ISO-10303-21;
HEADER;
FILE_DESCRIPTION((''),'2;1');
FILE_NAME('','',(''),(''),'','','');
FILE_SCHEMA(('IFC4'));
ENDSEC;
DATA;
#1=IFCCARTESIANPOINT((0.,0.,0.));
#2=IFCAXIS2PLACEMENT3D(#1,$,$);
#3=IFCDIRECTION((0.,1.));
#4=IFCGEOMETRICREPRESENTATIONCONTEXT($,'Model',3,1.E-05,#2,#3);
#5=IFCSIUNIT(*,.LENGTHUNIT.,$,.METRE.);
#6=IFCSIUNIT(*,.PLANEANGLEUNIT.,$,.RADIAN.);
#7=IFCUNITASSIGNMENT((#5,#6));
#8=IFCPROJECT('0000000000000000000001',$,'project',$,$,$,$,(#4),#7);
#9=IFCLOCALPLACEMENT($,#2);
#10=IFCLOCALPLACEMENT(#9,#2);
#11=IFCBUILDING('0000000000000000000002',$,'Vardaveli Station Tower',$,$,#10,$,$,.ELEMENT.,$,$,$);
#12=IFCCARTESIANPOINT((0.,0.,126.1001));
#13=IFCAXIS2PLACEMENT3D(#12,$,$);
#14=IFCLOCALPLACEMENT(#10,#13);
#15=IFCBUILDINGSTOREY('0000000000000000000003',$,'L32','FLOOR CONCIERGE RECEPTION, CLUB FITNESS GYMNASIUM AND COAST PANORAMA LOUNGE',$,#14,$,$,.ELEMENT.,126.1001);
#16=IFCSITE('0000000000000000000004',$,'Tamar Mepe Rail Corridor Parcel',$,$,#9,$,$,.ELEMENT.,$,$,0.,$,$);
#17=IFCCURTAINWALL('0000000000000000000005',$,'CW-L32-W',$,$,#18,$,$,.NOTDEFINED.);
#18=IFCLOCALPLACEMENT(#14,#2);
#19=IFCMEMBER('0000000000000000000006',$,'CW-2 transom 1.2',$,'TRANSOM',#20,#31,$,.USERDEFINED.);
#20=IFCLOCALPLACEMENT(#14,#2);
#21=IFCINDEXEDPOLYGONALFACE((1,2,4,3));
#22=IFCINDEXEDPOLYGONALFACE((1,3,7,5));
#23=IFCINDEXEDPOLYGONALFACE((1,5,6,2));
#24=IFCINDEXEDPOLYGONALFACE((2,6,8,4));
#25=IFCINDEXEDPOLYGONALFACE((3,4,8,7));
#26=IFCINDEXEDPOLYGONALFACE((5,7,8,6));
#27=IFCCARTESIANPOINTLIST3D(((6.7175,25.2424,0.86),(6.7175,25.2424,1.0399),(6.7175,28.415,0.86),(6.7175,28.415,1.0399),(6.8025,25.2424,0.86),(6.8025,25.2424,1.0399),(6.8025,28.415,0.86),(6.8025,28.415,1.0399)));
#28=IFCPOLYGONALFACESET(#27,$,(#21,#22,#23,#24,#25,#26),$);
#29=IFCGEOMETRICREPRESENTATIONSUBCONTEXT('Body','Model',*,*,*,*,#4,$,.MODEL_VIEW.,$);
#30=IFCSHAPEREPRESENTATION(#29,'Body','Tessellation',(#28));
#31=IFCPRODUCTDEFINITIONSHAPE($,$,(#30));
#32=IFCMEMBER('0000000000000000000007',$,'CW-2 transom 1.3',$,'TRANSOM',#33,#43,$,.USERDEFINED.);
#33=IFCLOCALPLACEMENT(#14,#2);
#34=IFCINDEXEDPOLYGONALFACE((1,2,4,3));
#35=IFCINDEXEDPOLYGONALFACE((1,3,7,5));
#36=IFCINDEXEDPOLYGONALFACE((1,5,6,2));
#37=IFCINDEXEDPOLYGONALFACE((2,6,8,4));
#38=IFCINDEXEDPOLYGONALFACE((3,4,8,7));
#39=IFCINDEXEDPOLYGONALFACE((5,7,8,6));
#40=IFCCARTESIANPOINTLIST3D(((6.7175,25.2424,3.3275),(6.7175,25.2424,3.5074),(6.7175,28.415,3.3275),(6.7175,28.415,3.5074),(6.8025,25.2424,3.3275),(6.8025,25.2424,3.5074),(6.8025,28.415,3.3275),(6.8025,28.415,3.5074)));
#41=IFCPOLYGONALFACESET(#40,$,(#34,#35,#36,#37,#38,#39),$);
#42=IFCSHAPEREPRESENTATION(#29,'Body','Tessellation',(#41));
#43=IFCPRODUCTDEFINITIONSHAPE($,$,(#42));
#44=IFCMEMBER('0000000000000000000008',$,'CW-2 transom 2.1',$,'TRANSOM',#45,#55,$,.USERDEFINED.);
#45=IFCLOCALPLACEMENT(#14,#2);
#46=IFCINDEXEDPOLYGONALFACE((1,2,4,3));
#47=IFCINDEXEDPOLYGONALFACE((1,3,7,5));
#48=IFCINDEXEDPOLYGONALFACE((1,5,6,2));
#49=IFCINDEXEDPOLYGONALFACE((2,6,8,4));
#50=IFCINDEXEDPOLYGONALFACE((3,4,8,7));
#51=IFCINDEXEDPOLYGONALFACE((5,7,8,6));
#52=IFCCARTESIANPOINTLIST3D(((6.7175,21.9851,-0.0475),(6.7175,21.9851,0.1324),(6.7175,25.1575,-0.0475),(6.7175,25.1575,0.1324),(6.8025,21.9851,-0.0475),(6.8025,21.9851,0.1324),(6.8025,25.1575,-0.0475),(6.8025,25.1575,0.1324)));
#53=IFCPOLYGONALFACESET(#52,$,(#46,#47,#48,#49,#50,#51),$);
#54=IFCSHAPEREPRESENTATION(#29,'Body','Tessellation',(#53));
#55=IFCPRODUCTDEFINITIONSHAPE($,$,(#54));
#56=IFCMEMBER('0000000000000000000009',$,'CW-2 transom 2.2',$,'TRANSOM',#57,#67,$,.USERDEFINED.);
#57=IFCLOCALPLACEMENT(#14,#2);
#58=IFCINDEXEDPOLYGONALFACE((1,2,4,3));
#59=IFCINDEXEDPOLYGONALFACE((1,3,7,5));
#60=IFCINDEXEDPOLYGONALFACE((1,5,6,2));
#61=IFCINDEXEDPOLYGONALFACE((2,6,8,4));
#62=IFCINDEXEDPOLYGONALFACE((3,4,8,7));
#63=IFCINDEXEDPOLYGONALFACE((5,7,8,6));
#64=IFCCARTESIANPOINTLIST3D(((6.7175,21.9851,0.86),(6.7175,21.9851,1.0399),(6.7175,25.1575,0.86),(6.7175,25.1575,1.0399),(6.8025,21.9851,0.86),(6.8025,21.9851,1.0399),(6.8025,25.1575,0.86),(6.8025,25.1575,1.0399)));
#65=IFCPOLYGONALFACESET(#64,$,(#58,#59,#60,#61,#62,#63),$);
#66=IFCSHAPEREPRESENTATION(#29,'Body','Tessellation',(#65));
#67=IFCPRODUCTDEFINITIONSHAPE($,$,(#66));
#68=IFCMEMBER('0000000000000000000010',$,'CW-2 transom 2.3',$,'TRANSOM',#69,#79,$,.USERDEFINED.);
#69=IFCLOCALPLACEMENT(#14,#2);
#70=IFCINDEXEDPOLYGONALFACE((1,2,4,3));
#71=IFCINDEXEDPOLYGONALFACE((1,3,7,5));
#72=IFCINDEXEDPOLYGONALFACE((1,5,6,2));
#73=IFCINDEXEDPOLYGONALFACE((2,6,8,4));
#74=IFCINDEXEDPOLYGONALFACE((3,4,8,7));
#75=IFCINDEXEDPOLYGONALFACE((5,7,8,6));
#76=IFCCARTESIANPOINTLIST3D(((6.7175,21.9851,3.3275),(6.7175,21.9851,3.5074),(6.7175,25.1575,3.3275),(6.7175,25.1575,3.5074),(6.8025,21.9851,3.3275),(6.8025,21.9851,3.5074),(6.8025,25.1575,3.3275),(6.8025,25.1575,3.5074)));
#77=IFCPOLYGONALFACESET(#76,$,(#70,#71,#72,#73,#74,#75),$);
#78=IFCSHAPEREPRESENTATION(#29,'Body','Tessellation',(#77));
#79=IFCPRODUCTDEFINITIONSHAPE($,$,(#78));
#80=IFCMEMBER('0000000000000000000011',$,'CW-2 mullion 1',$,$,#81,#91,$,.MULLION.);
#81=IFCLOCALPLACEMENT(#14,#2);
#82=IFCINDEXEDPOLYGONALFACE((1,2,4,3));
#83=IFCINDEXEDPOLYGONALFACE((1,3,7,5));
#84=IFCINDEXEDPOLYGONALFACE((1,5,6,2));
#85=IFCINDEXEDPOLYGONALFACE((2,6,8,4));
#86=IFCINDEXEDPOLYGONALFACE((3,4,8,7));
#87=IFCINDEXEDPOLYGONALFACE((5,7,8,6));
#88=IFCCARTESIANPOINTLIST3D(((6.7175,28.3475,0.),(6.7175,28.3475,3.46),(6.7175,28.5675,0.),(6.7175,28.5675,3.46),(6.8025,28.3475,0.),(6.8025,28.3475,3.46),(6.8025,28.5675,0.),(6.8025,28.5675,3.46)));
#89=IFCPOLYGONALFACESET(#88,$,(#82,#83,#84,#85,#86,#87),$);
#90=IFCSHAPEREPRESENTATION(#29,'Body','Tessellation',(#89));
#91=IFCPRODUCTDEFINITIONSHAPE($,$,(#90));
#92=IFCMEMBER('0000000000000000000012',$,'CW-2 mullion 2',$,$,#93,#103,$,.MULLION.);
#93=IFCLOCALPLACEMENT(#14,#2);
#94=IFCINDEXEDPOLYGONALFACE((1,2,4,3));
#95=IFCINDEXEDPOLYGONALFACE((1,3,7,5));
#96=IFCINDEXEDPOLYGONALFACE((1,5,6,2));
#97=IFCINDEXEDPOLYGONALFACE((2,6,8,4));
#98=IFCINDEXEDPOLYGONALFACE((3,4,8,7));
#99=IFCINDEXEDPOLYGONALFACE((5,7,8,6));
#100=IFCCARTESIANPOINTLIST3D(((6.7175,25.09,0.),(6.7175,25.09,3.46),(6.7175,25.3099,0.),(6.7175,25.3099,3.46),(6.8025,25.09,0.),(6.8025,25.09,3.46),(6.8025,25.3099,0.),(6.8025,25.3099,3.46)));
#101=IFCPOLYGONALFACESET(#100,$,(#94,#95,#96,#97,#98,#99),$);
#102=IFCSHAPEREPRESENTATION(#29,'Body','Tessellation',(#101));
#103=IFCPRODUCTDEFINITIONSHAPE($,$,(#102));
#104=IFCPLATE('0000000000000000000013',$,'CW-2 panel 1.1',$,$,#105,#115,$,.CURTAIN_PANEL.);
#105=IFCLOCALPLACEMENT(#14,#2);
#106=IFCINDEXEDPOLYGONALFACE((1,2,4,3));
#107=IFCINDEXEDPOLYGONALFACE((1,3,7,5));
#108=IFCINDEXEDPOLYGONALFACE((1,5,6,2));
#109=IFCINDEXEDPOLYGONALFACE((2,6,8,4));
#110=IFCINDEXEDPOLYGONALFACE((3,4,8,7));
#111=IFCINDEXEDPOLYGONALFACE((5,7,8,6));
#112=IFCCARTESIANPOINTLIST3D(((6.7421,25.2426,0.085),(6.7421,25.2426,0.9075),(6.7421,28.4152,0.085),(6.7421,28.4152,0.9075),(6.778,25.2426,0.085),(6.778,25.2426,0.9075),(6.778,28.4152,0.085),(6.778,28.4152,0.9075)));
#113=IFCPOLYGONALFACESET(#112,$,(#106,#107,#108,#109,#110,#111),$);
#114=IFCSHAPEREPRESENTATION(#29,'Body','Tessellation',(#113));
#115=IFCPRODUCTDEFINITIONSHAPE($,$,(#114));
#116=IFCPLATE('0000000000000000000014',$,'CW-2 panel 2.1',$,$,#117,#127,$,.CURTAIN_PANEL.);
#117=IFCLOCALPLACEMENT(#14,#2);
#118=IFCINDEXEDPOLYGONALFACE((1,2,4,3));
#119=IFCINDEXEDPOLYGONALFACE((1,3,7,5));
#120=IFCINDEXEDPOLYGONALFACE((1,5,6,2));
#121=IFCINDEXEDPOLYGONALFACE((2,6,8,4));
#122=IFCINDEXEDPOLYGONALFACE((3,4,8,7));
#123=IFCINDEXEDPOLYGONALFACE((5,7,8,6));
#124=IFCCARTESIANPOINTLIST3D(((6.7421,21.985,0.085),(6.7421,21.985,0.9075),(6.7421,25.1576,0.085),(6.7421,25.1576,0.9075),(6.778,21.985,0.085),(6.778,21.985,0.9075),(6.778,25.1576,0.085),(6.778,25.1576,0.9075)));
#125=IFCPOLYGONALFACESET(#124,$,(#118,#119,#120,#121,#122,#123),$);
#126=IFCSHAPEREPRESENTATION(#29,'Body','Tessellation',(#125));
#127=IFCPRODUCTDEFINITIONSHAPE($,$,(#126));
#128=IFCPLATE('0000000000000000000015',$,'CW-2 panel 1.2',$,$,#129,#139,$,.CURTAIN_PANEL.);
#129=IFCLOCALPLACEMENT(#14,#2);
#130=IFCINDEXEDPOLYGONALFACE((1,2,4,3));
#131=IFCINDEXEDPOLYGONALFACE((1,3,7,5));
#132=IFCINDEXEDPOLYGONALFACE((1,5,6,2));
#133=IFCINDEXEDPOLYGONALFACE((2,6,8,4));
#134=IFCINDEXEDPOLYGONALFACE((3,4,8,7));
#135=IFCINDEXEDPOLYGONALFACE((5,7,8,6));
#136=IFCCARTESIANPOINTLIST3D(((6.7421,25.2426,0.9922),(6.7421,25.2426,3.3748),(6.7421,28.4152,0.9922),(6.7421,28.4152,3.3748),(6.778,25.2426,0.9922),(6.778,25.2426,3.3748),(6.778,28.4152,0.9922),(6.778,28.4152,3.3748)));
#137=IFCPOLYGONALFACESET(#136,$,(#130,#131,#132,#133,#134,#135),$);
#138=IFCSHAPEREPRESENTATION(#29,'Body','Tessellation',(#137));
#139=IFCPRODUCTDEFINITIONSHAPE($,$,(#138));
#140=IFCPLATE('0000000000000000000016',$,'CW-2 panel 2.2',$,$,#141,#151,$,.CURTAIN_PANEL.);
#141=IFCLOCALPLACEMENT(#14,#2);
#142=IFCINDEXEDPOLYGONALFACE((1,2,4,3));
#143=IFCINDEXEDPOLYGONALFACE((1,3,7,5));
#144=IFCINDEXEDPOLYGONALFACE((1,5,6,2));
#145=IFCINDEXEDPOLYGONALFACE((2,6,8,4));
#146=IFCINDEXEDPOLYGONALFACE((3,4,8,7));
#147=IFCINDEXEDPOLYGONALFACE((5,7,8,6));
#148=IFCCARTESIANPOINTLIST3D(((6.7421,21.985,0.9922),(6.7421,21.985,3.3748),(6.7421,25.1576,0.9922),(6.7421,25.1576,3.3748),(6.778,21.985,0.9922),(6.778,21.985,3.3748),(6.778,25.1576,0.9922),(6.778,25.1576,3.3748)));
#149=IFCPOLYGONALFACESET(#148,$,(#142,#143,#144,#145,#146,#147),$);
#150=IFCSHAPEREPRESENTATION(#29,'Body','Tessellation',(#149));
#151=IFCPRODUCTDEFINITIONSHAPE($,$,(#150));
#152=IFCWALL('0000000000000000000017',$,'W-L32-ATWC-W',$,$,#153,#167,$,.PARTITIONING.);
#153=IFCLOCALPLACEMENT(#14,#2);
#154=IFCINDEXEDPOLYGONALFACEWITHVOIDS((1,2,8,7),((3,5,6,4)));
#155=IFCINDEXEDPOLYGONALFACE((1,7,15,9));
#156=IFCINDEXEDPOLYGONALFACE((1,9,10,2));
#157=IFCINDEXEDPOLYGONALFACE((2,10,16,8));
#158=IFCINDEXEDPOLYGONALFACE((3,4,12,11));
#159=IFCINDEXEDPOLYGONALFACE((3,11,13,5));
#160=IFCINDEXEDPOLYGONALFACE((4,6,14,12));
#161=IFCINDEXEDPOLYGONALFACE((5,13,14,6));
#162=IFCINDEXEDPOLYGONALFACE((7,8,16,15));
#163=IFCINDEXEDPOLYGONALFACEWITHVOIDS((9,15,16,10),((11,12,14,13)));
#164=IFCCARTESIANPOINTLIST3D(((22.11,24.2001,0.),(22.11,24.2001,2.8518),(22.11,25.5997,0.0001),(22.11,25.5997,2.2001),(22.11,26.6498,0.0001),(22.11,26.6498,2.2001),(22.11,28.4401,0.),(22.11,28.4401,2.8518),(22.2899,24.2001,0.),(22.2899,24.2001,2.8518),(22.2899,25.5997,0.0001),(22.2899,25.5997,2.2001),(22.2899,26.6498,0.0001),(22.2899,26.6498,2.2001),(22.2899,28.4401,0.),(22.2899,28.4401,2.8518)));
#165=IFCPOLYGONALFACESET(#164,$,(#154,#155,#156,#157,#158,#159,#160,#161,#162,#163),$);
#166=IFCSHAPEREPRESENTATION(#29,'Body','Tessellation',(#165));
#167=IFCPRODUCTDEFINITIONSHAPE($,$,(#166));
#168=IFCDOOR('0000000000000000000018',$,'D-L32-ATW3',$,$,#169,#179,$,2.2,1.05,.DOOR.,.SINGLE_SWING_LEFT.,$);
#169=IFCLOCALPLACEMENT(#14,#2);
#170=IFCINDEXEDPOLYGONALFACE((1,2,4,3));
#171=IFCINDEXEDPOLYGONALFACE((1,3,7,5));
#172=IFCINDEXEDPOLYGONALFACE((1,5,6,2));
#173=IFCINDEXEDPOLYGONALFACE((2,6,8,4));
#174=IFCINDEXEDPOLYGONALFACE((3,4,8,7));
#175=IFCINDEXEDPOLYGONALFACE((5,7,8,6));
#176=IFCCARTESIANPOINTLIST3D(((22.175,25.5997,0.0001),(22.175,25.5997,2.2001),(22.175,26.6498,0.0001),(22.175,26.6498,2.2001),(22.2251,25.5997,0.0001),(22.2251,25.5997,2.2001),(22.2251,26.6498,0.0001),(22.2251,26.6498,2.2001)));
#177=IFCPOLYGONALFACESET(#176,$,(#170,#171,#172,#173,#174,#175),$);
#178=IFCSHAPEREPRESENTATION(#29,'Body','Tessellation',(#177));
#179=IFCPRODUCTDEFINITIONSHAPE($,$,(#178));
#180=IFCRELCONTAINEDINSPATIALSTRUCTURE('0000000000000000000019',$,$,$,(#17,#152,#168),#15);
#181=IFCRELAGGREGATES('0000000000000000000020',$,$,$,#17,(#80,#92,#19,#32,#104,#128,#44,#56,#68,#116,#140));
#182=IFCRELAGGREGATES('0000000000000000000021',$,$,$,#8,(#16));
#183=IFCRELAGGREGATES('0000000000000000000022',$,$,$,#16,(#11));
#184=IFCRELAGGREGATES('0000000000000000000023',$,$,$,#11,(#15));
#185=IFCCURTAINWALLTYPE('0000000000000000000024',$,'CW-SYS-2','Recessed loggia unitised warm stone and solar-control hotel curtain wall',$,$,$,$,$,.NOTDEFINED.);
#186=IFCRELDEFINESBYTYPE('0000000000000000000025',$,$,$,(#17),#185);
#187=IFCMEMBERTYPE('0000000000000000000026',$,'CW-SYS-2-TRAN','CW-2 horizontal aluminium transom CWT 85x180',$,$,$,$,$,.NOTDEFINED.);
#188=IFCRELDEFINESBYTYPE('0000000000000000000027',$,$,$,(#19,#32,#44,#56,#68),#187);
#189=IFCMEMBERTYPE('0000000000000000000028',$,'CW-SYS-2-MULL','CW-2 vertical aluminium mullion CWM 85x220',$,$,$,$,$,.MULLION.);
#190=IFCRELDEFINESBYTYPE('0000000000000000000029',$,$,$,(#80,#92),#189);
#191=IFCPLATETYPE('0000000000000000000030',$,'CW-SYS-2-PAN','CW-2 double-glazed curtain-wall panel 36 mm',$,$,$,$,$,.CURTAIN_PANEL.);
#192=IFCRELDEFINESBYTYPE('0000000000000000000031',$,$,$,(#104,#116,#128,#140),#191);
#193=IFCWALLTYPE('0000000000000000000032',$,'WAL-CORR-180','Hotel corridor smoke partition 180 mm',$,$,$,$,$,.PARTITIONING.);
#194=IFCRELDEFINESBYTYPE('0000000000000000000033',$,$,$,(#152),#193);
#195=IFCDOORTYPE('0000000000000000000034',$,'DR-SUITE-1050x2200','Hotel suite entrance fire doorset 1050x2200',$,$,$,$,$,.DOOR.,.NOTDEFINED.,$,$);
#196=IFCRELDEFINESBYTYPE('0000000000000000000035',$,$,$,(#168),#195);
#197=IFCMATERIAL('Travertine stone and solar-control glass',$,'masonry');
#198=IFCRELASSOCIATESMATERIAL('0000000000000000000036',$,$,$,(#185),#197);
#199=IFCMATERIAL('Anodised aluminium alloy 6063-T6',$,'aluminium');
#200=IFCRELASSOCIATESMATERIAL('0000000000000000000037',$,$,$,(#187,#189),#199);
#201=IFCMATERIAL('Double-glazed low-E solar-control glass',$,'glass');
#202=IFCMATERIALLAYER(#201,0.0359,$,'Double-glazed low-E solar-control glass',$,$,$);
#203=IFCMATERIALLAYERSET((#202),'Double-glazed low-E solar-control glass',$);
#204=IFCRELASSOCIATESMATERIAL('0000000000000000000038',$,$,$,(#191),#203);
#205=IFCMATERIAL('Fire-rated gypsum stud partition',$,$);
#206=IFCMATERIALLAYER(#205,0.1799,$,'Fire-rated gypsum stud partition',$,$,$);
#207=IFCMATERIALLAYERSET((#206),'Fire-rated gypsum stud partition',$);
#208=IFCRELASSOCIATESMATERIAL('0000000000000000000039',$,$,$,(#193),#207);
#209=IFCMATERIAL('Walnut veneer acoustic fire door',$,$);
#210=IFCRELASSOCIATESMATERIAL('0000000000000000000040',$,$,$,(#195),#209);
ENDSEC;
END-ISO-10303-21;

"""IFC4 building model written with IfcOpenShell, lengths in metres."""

from ifc_helpers import new_model, si_unit, direction, frame, frame_2d, origin, origin_2d, place, context, subcontext, project, spatial, rectangle, extrude, source, transform, mapped, material, layer, layer_set, material_profile, profile_set, type_object, element, fill, aggregate, save


model = new_model("IFC4")

# Units and contexts
model_context = context("Model", 3, precision=1e-05, world=origin(), true_north=direction((0.0, 1.0)))
body_context = subcontext(model_context, "Body", "Model", "MODEL_VIEW")
ifc_project = project(units=[si_unit("LENGTHUNIT", "METRE"), si_unit("PLANEANGLEUNIT", "RADIAN")], contexts=[model_context])

# Site, building, storey
site_placement = place(None, origin())
site = spatial("IfcSite", under=ifc_project, at=site_placement, Name="Tamar Mepe Rail Corridor Parcel", CompositionType="ELEMENT", RefElevation=0.0)
building_placement = place(site_placement, origin())
building = spatial("IfcBuilding", under=site, at=building_placement, Name="Vardaveli Station Tower", CompositionType="ELEMENT")
storey_placement = place(building_placement, frame((0.0, 0.0, 126.1001)))
storey = spatial("IfcBuildingStorey", under=building, at=storey_placement, Name="L32", Description="FLOOR CONCIERGE RECEPTION, CLUB FITNESS GYMNASIUM AND COAST PANORAMA LOUNGE", CompositionType="ELEMENT", Elevation=126.1001)

# Curtain wall, members, plates
ifc_material_1 = material(Name="Travertine stone and solar-control glass", Category="masonry")
curtain_wall_type = type_object("IfcCurtainWallType", Name="CW-SYS-2", Description="Recessed loggia unitised warm stone and solar-control hotel curtain wall", PredefinedType="NOTDEFINED", material=ifc_material_1)
curtain_wall_placement = place(storey_placement, origin())
curtain_wall = element("IfcCurtainWall", 1, at=curtain_wall_placement, inside=storey, type_object=curtain_wall_type, Name="CW-L32-W", PredefinedType="NOTDEFINED")
ifc_material_2 = material(Name="Anodised aluminium alloy 6063-T6", Category="aluminium")
ifc_material_profile_1 = material_profile(ifc_material_2, rectangle(XDim=0.085, YDim=0.1799, at=origin_2d()), Name="CWT 85x180")
ifc_profile_set_1 = profile_set([ifc_material_profile_1], Name="Anodised aluminium alloy 6063-T6")
member_type_1 = type_object("IfcMemberType", Name="CW-SYS-2-TRAN", Description="CW-2 horizontal aluminium transom CWT 85x180", PredefinedType="NOTDEFINED", material=ifc_profile_set_1)
shared_shape_1 = source(origin(), body_context, "Body", "SweptSolid", [
    extrude(rectangle(XDim=0.085, YDim=0.1799, at=origin_2d()), origin(), (0.0, 0.0, 1.0), 3.1726),
])
member_1_placement = place(storey_placement, frame((6.76, 28.415, 0.95), z_axis=(0.0, -1.0, 0.0), x_axis=(1.0, 0.0, 0.0)))
member_1 = element("IfcMember", 2, at=member_1_placement, type_object=member_type_1, Name="CW-2 transom 1.2", ObjectType="TRANSOM", PredefinedType="USERDEFINED", context=body_context, shape_type="MappedRepresentation", body=[
    mapped(shared_shape_1, transform((0.0, 0.0, 0.0), scale=1.0)),
])
member_2_placement = place(storey_placement, frame((6.76, 28.415, 3.4175), z_axis=(0.0, -1.0, 0.0), x_axis=(1.0, 0.0, 0.0)))
member_2 = element("IfcMember", 3, at=member_2_placement, type_object=member_type_1, Name="CW-2 transom 1.3", ObjectType="TRANSOM", PredefinedType="USERDEFINED", context=body_context, shape_type="MappedRepresentation", body=[
    mapped(shared_shape_1, transform((0.0, 0.0, 0.0), scale=1.0)),
])
shared_shape_2 = source(origin(), body_context, "Body", "SweptSolid", [
    extrude(rectangle(XDim=0.085, YDim=0.1799, at=origin_2d()), origin(), (0.0, 0.0, 1.0), 3.1724),
])
member_3_placement = place(storey_placement, frame((6.76, 25.1575, 0.0425), z_axis=(0.0, -1.0, 0.0), x_axis=(1.0, 0.0, 0.0)))
member_3 = element("IfcMember", 4, at=member_3_placement, type_object=member_type_1, Name="CW-2 transom 2.1", ObjectType="TRANSOM", PredefinedType="USERDEFINED", context=body_context, shape_type="MappedRepresentation", body=[
    mapped(shared_shape_2, transform((0.0, 0.0, 0.0), scale=1.0)),
])
member_4_placement = place(storey_placement, frame((6.76, 25.1575, 0.95), z_axis=(0.0, -1.0, 0.0), x_axis=(1.0, 0.0, 0.0)))
member_4 = element("IfcMember", 5, at=member_4_placement, type_object=member_type_1, Name="CW-2 transom 2.2", ObjectType="TRANSOM", PredefinedType="USERDEFINED", context=body_context, shape_type="MappedRepresentation", body=[
    mapped(shared_shape_2, transform((0.0, 0.0, 0.0), scale=1.0)),
])
member_5_placement = place(storey_placement, frame((6.76, 25.1575, 3.4175), z_axis=(0.0, -1.0, 0.0), x_axis=(1.0, 0.0, 0.0)))
member_5 = element("IfcMember", 6, at=member_5_placement, type_object=member_type_1, Name="CW-2 transom 2.3", ObjectType="TRANSOM", PredefinedType="USERDEFINED", context=body_context, shape_type="MappedRepresentation", body=[
    mapped(shared_shape_2, transform((0.0, 0.0, 0.0), scale=1.0)),
])
ifc_material_profile_2 = material_profile(ifc_material_2, rectangle(XDim=0.085, YDim=0.22, at=origin_2d()), Name="CWM 85x220")
ifc_profile_set_2 = profile_set([ifc_material_profile_2], Name="Anodised aluminium alloy 6063-T6")
member_type_2 = type_object("IfcMemberType", Name="CW-SYS-2-MULL", Description="CW-2 vertical aluminium mullion CWM 85x220", PredefinedType="MULLION", material=ifc_profile_set_2)
shared_shape_3 = source(origin(), body_context, "Body", "SweptSolid", [
    extrude(rectangle(XDim=0.085, YDim=0.22, at=origin_2d()), origin(), (0.0, 0.0, 1.0), 3.46),
])
member_6_placement = place(storey_placement, frame((6.76, 28.4575, 0.0), z_axis=(0.0, 0.0, 1.0), x_axis=(1.0, 0.0, 0.0)))
member_6 = element("IfcMember", 7, at=member_6_placement, type_object=member_type_2, Name="CW-2 mullion 1", PredefinedType="MULLION", context=body_context, shape_type="MappedRepresentation", body=[
    mapped(shared_shape_3, transform((0.0, 0.0, 0.0), scale=1.0)),
])
member_7_placement = place(storey_placement, frame((6.76, 25.2, 0.0), z_axis=(0.0, 0.0, 1.0), x_axis=(1.0, 0.0, 0.0)))
member_7 = element("IfcMember", 8, at=member_7_placement, type_object=member_type_2, Name="CW-2 mullion 2", PredefinedType="MULLION", context=body_context, shape_type="MappedRepresentation", body=[
    mapped(shared_shape_3, transform((0.0, 0.0, 0.0), scale=1.0)),
])
ifc_material_3 = material(Name="Double-glazed low-E solar-control glass", Category="glass")
ifc_layer_1 = layer(ifc_material_3, 0.0359, Name="Double-glazed low-E solar-control glass")
ifc_layer_set_1 = layer_set([ifc_layer_1], Name="Double-glazed low-E solar-control glass")
plate_type = type_object("IfcPlateType", Name="CW-SYS-2-PAN", Description="CW-2 double-glazed curtain-wall panel 36 mm", PredefinedType="CURTAIN_PANEL", material=ifc_layer_set_1)
shared_shape_4 = source(origin(), body_context, "Body", "SweptSolid", [
    extrude(rectangle(XDim=3.1726, YDim=0.0359, at=origin_2d()), origin(), (0.0, 0.0, 1.0), 0.8225),
])
plate_1_placement = place(storey_placement, frame((6.76, 26.8289, 0.085), z_axis=(0.0, 0.0, 1.0), x_axis=(0.0, -1.0, 0.0)))
plate_1 = element("IfcPlate", 9, at=plate_1_placement, type_object=plate_type, Name="CW-2 panel 1.1", PredefinedType="CURTAIN_PANEL", context=body_context, shape_type="MappedRepresentation", body=[
    mapped(shared_shape_4, transform((0.0, 0.0, 0.0), scale=1.0)),
])
plate_2_placement = place(storey_placement, frame((6.76, 23.5713, 0.085), z_axis=(0.0, 0.0, 1.0), x_axis=(0.0, -1.0, 0.0)))
plate_2 = element("IfcPlate", 10, at=plate_2_placement, type_object=plate_type, Name="CW-2 panel 2.1", PredefinedType="CURTAIN_PANEL", context=body_context, shape_type="MappedRepresentation", body=[
    mapped(shared_shape_4, transform((0.0, 0.0, 0.0), scale=1.0)),
])
shared_shape_5 = source(origin(), body_context, "Body", "SweptSolid", [
    extrude(rectangle(XDim=3.1726, YDim=0.0359, at=origin_2d()), origin(), (0.0, 0.0, 1.0), 2.3826),
])
plate_3_placement = place(storey_placement, frame((6.76, 26.8289, 0.9922), z_axis=(0.0, 0.0, 1.0), x_axis=(0.0, -1.0, 0.0)))
plate_3 = element("IfcPlate", 11, at=plate_3_placement, type_object=plate_type, Name="CW-2 panel 1.2", PredefinedType="CURTAIN_PANEL", context=body_context, shape_type="MappedRepresentation", body=[
    mapped(shared_shape_5, transform((0.0, 0.0, 0.0), scale=1.0)),
])
plate_4_placement = place(storey_placement, frame((6.76, 23.5713, 0.9922), z_axis=(0.0, 0.0, 1.0), x_axis=(0.0, -1.0, 0.0)))
plate_4 = element("IfcPlate", 12, at=plate_4_placement, type_object=plate_type, Name="CW-2 panel 2.2", PredefinedType="CURTAIN_PANEL", context=body_context, shape_type="MappedRepresentation", body=[
    mapped(shared_shape_5, transform((0.0, 0.0, 0.0), scale=1.0)),
])
aggregate(curtain_wall, [member_6, member_7, member_1, member_2, plate_1, plate_3, member_3, member_4, member_5, plate_2, plate_4])

# Wall, opening, door
ifc_material_4 = material(Name="Fire-rated gypsum stud partition")
ifc_layer_2 = layer(ifc_material_4, 0.1799, Name="Fire-rated gypsum stud partition")
ifc_layer_set_2 = layer_set([ifc_layer_2], Name="Fire-rated gypsum stud partition")
wall_type = type_object("IfcWallType", Name="WAL-CORR-180", Description="Hotel corridor smoke partition 180 mm", PredefinedType="PARTITIONING", material=ifc_layer_set_2)
shared_shape_6 = source(origin(), body_context, "Body", "SweptSolid", [
    extrude(rectangle(XDim=4.24, YDim=0.1799, at=frame_2d((2.1201, 0.0))), origin(), (0.0, 0.0, 1.0), 2.8518),
])
wall_1_placement = place(storey_placement, frame((22.2, 24.2, 0.0), z_axis=(0.0, 0.0, 1.0), x_axis=(0.0, 1.0, 0.0)))
wall_1 = element("IfcWall", 13, at=wall_1_placement, inside=storey, type_object=wall_type, Name="W-L32-ATWC-W", PredefinedType="PARTITIONING", context=body_context, shape_type="MappedRepresentation", body=[
    mapped(shared_shape_6, transform((0.0, 0.0, 0.0), scale=1.0)),
])
shared_shape_7 = source(origin(), body_context, "Body", "SweptSolid", [
    extrude(rectangle(XDim=1.05, YDim=2.2, at=frame_2d((0.5249, 1.1001))), frame((0.0, 0.1001, 0.0), z_axis=(0.0, -1.0, 0.0), x_axis=(1.0, 0.0, 0.0)), (0.0, 0.0, 1.0), 0.2),
])
opening_placement = place(wall_1_placement, frame((1.3999, 0.0, 0.0)))
opening = element("IfcOpeningElement", 14, at=opening_placement, cuts=wall_1, PredefinedType="OPENING", context=body_context, shape_type="MappedRepresentation", body=[
    mapped(shared_shape_7, transform((0.0, 0.0, 0.0), scale=1.0)),
])
ifc_material_5 = material(Name="Walnut veneer acoustic fire door")
door_type = type_object("IfcDoorType", Name="DR-SUITE-1050x2200", Description="Hotel suite entrance fire doorset 1050x2200", OperationType="NOTDEFINED", PredefinedType="DOOR", material=ifc_material_5)
shared_shape_8 = source(origin(), body_context, "Body", "SweptSolid", [
    extrude(rectangle(XDim=1.05, YDim=2.2, at=frame_2d((0.5249, 1.1001))), frame((0.0, 0.0249, 0.0), z_axis=(0.0, -1.0, 0.0), x_axis=(1.0, 0.0, 0.0)), (0.0, 0.0, 1.0), 0.05),
])
door_placement = place(opening_placement, origin())
door = element("IfcDoor", 15, at=door_placement, inside=storey, type_object=door_type, Name="D-L32-ATW3", OperationType="SINGLE_SWING_LEFT", OverallHeight=2.2, OverallWidth=1.05, PredefinedType="DOOR", context=body_context, shape_type="MappedRepresentation", body=[
    mapped(shared_shape_8, transform((0.0, 0.0, 0.0), scale=1.0)),
])
fill(opening, door)

save(model, "model.ifc")
